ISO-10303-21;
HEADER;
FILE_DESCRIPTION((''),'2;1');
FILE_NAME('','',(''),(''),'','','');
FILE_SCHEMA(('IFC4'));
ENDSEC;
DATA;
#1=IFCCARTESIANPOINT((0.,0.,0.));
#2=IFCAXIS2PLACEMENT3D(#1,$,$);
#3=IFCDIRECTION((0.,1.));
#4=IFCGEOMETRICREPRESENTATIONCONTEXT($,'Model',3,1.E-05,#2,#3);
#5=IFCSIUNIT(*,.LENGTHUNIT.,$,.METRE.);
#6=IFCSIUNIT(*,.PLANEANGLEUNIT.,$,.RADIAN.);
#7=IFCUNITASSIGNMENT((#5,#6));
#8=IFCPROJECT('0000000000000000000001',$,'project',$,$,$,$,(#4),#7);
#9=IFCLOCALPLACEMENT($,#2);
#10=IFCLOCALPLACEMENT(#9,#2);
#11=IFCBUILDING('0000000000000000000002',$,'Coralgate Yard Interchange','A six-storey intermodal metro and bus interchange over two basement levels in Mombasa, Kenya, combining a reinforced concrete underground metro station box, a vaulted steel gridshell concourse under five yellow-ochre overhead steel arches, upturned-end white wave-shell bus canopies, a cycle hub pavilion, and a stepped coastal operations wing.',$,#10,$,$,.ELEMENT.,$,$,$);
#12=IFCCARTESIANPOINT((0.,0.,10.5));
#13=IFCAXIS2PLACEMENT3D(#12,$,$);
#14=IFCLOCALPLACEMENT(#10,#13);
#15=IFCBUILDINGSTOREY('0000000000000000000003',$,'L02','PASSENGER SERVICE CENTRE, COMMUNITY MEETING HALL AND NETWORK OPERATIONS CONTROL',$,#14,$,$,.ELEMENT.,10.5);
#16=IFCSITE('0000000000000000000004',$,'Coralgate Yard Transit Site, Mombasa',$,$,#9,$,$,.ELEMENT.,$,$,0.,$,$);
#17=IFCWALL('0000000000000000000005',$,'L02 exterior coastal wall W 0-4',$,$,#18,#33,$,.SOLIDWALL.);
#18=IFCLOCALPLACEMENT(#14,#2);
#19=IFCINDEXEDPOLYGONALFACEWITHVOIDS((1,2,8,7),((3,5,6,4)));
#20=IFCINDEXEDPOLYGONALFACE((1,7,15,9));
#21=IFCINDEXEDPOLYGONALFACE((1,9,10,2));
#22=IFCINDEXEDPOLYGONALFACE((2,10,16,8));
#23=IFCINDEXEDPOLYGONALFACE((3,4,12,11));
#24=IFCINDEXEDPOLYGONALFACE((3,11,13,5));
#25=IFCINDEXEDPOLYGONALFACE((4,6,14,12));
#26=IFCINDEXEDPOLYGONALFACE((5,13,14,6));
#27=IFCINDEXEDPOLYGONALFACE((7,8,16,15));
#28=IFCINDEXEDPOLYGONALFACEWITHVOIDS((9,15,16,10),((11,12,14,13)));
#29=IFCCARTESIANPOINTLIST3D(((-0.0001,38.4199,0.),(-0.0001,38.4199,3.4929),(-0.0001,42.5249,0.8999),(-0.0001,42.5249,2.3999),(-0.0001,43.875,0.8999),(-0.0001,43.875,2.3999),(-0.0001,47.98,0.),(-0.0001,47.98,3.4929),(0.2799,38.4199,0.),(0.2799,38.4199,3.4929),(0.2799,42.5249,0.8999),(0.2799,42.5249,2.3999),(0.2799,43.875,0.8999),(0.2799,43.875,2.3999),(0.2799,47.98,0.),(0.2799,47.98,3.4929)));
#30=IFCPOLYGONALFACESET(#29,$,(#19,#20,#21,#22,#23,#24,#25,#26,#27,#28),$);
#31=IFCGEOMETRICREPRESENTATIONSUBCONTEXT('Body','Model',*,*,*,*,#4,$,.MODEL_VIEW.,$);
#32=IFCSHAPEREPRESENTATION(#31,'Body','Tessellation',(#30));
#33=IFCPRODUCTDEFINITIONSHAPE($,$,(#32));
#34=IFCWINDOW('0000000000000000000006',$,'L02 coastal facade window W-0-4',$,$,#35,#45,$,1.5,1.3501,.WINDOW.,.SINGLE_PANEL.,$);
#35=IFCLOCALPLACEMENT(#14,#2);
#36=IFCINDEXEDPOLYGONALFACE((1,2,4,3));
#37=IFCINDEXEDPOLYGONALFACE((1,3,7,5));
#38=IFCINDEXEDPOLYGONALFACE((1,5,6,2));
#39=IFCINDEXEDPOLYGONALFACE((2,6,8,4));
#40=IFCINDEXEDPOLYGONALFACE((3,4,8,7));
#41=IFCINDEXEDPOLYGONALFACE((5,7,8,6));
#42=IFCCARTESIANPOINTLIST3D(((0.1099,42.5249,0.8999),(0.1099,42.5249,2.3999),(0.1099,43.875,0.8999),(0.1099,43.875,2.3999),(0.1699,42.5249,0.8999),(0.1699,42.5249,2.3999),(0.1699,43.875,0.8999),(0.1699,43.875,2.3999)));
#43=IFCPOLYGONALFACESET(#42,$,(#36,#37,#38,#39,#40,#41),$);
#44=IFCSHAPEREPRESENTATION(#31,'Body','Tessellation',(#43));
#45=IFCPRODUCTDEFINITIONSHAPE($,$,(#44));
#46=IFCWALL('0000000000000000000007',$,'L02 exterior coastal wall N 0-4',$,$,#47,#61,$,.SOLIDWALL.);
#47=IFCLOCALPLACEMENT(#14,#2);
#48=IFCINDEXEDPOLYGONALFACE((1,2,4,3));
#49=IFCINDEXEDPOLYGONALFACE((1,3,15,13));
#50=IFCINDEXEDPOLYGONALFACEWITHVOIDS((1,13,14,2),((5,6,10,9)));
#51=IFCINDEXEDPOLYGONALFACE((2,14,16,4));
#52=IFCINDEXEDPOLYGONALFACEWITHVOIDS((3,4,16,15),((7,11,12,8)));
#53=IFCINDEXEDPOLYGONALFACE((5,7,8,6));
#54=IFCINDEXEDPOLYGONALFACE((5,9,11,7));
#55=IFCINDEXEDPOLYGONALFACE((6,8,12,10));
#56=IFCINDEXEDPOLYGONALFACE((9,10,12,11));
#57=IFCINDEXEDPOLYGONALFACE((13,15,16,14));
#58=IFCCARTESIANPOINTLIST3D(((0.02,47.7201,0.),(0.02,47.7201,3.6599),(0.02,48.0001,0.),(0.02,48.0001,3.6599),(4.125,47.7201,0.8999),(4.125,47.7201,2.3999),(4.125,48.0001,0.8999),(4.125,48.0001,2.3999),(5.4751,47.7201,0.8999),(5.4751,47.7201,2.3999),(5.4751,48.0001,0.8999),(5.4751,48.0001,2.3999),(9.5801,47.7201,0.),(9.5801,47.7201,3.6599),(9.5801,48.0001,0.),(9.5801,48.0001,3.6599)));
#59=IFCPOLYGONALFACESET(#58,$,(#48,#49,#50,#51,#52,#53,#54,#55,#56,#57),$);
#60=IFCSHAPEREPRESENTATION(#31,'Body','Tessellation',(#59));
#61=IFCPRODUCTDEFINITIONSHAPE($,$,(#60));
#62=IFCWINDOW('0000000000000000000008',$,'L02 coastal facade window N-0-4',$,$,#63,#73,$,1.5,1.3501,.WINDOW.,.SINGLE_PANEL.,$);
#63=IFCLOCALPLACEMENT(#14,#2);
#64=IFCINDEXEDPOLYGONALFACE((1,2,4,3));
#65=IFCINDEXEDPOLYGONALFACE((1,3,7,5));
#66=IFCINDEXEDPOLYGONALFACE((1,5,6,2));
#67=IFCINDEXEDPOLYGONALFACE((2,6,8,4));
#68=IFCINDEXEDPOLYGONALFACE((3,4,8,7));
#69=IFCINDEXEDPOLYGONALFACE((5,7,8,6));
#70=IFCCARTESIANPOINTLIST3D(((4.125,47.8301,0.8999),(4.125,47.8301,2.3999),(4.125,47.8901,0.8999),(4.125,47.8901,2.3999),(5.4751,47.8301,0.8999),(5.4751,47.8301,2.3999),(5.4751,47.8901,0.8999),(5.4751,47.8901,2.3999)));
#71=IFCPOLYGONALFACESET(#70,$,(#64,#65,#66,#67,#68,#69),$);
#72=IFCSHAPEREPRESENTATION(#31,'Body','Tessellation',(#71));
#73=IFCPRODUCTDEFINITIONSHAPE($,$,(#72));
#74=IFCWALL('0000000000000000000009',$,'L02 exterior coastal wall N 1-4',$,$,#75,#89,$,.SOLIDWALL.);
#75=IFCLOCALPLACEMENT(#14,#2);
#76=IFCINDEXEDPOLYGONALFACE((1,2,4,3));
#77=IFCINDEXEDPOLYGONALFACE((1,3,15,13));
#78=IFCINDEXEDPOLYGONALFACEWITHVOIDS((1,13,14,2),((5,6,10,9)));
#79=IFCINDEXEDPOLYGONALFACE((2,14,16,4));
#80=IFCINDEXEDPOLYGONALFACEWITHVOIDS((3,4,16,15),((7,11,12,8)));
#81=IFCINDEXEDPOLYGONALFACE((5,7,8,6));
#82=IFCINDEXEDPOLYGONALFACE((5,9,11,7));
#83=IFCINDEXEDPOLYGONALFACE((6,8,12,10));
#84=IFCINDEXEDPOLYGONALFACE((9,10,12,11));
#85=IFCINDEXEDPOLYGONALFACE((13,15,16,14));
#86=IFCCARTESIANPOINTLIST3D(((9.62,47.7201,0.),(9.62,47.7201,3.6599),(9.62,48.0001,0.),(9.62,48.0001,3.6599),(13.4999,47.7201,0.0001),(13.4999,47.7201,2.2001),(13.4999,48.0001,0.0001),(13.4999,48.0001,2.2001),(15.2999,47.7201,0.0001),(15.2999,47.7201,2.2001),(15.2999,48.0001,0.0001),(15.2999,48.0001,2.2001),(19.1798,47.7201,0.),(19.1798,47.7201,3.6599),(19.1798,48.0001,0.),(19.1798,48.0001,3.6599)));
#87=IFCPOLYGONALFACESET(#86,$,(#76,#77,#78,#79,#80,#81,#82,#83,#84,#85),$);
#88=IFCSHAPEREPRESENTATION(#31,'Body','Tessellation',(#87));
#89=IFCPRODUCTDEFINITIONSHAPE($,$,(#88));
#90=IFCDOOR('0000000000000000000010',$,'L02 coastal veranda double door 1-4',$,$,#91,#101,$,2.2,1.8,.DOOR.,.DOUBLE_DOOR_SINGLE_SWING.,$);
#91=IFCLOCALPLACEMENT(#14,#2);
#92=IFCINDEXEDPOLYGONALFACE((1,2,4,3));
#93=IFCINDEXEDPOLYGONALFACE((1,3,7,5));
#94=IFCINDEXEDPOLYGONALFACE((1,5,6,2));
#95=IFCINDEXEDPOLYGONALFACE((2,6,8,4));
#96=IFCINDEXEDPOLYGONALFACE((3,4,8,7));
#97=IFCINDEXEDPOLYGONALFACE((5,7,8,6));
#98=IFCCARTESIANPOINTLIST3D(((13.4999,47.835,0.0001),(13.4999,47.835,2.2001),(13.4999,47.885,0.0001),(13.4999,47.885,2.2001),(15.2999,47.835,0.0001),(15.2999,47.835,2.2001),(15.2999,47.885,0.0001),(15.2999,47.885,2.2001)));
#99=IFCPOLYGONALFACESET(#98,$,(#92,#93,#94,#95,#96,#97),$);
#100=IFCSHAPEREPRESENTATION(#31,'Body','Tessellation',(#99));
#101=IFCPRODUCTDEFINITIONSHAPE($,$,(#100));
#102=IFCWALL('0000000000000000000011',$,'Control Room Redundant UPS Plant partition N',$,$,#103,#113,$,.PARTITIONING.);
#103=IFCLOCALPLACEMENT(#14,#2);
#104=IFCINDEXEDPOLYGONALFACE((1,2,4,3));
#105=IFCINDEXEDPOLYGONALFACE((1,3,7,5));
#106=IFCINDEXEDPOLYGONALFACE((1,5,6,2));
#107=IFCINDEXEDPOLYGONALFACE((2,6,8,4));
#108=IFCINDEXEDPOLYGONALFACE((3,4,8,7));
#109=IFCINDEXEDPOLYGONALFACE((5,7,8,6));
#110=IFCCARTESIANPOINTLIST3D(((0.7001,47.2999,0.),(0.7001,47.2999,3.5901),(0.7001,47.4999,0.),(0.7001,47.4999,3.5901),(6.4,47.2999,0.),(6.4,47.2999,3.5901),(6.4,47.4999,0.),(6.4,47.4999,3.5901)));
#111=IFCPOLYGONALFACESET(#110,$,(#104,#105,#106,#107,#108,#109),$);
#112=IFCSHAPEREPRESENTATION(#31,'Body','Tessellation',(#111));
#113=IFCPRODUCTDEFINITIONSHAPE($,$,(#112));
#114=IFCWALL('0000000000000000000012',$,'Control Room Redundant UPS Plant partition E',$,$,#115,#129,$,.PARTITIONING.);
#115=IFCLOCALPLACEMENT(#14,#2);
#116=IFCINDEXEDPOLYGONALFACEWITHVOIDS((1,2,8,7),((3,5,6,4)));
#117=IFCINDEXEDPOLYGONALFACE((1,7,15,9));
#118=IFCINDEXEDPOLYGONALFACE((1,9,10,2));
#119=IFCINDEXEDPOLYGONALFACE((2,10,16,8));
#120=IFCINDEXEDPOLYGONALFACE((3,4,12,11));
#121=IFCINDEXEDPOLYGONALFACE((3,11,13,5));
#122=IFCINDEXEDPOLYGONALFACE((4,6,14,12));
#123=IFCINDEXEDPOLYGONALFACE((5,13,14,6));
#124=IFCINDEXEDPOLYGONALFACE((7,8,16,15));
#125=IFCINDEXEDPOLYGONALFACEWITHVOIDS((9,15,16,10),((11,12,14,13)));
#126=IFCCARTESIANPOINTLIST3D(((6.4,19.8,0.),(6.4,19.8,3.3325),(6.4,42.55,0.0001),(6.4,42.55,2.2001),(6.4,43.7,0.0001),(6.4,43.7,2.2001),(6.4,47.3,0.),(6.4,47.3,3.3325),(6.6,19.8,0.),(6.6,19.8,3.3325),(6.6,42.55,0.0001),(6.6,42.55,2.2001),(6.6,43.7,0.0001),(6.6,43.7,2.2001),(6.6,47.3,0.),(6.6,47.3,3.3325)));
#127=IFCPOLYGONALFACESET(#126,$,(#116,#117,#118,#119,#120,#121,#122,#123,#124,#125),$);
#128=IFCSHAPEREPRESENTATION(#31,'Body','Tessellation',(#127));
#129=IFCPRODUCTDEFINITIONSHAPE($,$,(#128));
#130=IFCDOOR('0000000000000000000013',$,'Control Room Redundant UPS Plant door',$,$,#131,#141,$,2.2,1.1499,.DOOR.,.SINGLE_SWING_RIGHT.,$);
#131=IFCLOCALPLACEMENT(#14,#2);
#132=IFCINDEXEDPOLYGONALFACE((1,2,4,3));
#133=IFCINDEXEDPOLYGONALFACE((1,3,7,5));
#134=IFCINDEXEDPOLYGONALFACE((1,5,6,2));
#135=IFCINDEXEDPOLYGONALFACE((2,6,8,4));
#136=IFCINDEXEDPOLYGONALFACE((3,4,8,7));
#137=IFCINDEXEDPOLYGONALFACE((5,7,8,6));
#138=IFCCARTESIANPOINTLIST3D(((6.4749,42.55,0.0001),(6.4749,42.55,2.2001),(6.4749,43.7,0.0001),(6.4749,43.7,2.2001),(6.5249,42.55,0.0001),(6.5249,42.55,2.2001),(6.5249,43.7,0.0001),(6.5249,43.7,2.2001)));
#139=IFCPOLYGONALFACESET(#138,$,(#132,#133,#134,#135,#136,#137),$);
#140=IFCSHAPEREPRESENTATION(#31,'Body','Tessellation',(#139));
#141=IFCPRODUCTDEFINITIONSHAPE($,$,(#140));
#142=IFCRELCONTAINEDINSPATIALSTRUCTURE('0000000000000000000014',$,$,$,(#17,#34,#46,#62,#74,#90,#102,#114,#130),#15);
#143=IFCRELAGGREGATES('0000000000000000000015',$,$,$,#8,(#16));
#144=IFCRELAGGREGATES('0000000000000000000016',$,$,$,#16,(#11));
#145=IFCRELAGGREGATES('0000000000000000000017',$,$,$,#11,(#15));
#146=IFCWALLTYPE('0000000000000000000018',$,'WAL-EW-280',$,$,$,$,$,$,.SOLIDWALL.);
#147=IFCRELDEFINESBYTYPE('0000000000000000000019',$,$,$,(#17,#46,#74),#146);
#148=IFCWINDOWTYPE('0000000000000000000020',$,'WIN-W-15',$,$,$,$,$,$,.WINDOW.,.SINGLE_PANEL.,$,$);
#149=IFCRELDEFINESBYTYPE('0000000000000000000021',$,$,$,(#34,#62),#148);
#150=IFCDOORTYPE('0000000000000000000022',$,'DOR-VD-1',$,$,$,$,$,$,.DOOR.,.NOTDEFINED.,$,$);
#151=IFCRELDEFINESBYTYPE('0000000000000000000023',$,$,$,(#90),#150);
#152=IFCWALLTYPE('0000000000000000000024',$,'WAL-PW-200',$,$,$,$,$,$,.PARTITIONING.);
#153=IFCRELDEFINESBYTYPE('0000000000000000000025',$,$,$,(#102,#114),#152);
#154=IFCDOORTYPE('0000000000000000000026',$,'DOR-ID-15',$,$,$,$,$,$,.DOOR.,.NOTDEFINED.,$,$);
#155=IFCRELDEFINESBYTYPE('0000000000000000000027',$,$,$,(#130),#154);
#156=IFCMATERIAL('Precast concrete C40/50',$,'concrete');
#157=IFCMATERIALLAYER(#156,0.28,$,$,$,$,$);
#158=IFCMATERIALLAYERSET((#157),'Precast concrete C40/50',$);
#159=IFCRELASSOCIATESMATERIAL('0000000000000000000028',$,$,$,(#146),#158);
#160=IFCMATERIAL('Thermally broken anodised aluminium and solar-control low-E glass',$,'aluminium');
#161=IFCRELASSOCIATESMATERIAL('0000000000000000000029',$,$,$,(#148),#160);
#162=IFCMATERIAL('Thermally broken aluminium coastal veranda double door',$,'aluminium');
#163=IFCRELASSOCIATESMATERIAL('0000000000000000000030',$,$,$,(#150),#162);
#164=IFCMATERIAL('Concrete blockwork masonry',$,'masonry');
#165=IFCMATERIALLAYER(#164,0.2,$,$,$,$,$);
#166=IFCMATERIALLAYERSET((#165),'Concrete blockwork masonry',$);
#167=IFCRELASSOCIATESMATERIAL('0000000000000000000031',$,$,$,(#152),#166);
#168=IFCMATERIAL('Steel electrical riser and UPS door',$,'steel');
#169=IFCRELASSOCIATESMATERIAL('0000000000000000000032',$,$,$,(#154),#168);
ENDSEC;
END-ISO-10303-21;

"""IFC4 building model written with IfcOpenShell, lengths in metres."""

from ifc_helpers import new_model, si_unit, direction, frame, frame_2d, origin, place, context, subcontext, project, spatial, rectangle, extrude, material, layer, layer_set, type_object, element, fill, save


model = new_model("IFC4")

# Units and contexts
model_context = context("Model", 3, precision=1e-05, world=origin(), true_north=direction((0.0, 1.0)))
body_context = subcontext(model_context, "Body", "Model", "MODEL_VIEW")
ifc_project = project(units=[si_unit("LENGTHUNIT", "METRE"), si_unit("PLANEANGLEUNIT", "RADIAN")], contexts=[model_context])

# Site, building, storey
site_placement = place(None, origin())
site = spatial("IfcSite", under=ifc_project, at=site_placement, Name="Coralgate Yard Transit Site, Mombasa", CompositionType="ELEMENT", RefElevation=0.0)
building_placement = place(site_placement, origin())
building = spatial("IfcBuilding", under=site, at=building_placement, Name="Coralgate Yard Interchange", Description="A six-storey intermodal metro and bus interchange over two basement levels in Mombasa, Kenya, combining a reinforced concrete underground metro station box, a vaulted steel gridshell concourse under five yellow-ochre overhead steel arches, upturned-end white wave-shell bus canopies, a cycle hub pavilion, and a stepped coastal operations wing.", CompositionType="ELEMENT")
storey_placement = place(building_placement, frame((0.0, 0.0, 10.5)))
storey = spatial("IfcBuildingStorey", under=building, at=storey_placement, Name="L02", Description="PASSENGER SERVICE CENTRE, COMMUNITY MEETING HALL AND NETWORK OPERATIONS CONTROL", CompositionType="ELEMENT", Elevation=10.5)

# Walls, openings, windows
ifc_material_1 = material(Name="Precast concrete C40/50", Category="concrete")
ifc_layer_1 = layer(ifc_material_1, 0.28)
ifc_layer_set_1 = layer_set([ifc_layer_1], Name="Precast concrete C40/50")
wall_type_1 = type_object("IfcWallType", Name="WAL-EW-280", PredefinedType="SOLIDWALL", material=ifc_layer_set_1)
wall_1_placement = place(storey_placement, frame((0.1399, 38.4199, 0.0), z_axis=(0.0, 0.0, 1.0), x_axis=(0.0, 1.0, 0.0)))
wall_1 = element("IfcWall", 1, at=wall_1_placement, inside=storey, type_object=wall_type_1, Name="L02 exterior coastal wall W 0-4", PredefinedType="SOLIDWALL", context=body_context, shape_type="SweptSolid", body=[
    extrude(rectangle(XDim=9.5601, YDim=0.28, at=frame_2d((4.78, 0.0))), origin(), (0.0, 0.0, 1.0), 3.4929),
])
opening_1_placement = place(wall_1_placement, frame((4.105, 0.0, 0.8999)))
opening_1 = element("IfcOpeningElement", 2, at=opening_1_placement, cuts=wall_1, PredefinedType="OPENING", context=body_context, shape_type="SweptSolid", body=[
    extrude(rectangle(XDim=1.3501, YDim=1.5, at=frame_2d((0.675, 0.75))), frame((0.0, 0.1499, 0.0), z_axis=(0.0, -1.0, 0.0), x_axis=(1.0, 0.0, 0.0)), (0.0, 0.0, 1.0), 0.3),
])
ifc_material_2 = material(Name="Thermally broken anodised aluminium and solar-control low-E glass", Category="aluminium")
window_type = type_object("IfcWindowType", Name="WIN-W-15", PartitioningType="SINGLE_PANEL", PredefinedType="WINDOW", material=ifc_material_2)
window_1_placement = place(opening_1_placement, origin())
window_1 = element("IfcWindow", 3, at=window_1_placement, inside=storey, type_object=window_type, Name="L02 coastal facade window W-0-4", OverallHeight=1.5, OverallWidth=1.3501, PartitioningType="SINGLE_PANEL", PredefinedType="WINDOW", context=body_context, shape_type="SweptSolid", body=[
    extrude(rectangle(XDim=1.3501, YDim=1.5, at=frame_2d((0.675, 0.75))), frame((0.0, 0.03, 0.0), z_axis=(0.0, -1.0, 0.0), x_axis=(1.0, 0.0, 0.0)), (0.0, 0.0, 1.0), 0.0601),
])
fill(opening_1, window_1)
wall_2_placement = place(storey_placement, frame((0.02, 47.8601, 0.0), z_axis=(0.0, 0.0, 1.0), x_axis=(1.0, 0.0, 0.0)))
wall_2 = element("IfcWall", 4, at=wall_2_placement, inside=storey, type_object=wall_type_1, Name="L02 exterior coastal wall N 0-4", PredefinedType="SOLIDWALL", context=body_context, shape_type="SweptSolid", body=[
    extrude(rectangle(XDim=9.5601, YDim=0.28, at=frame_2d((4.78, 0.0))), origin(), (0.0, 0.0, 1.0), 3.6599),
])
opening_2_placement = place(wall_2_placement, frame((4.105, 0.0, 0.8999)))
opening_2 = element("IfcOpeningElement", 5, at=opening_2_placement, cuts=wall_2, PredefinedType="OPENING", context=body_context, shape_type="SweptSolid", body=[
    extrude(rectangle(XDim=1.3501, YDim=1.5, at=frame_2d((0.675, 0.75))), frame((0.0, 0.1499, 0.0), z_axis=(0.0, -1.0, 0.0), x_axis=(1.0, 0.0, 0.0)), (0.0, 0.0, 1.0), 0.3),
])
window_2_placement = place(opening_2_placement, origin())
window_2 = element("IfcWindow", 6, at=window_2_placement, inside=storey, type_object=window_type, Name="L02 coastal facade window N-0-4", OverallHeight=1.5, OverallWidth=1.3501, PartitioningType="SINGLE_PANEL", PredefinedType="WINDOW", context=body_context, shape_type="SweptSolid", body=[
    extrude(rectangle(XDim=1.3501, YDim=1.5, at=frame_2d((0.675, 0.75))), frame((0.0, 0.03, 0.0), z_axis=(0.0, -1.0, 0.0), x_axis=(1.0, 0.0, 0.0)), (0.0, 0.0, 1.0), 0.0601),
])
fill(opening_2, window_2)

# Wall, opening, door
wall_3_placement = place(storey_placement, frame((9.6201, 47.8601, 0.0), z_axis=(0.0, 0.0, 1.0), x_axis=(1.0, 0.0, 0.0)))
wall_3 = element("IfcWall", 7, at=wall_3_placement, inside=storey, type_object=wall_type_1, Name="L02 exterior coastal wall N 1-4", PredefinedType="SOLIDWALL", context=body_context, shape_type="SweptSolid", body=[
    extrude(rectangle(XDim=9.5598, YDim=0.28, at=frame_2d((4.7798, 0.0))), origin(), (0.0, 0.0, 1.0), 3.6599),
])
opening_3_placement = place(wall_3_placement, frame((3.8799, 0.0, 0.0)))
opening_3 = element("IfcOpeningElement", 8, at=opening_3_placement, cuts=wall_3, PredefinedType="OPENING", context=body_context, shape_type="SweptSolid", body=[
    extrude(rectangle(XDim=1.8, YDim=2.2, at=frame_2d((0.8999, 1.1001))), frame((0.0, 0.1499, 0.0), z_axis=(0.0, -1.0, 0.0), x_axis=(1.0, 0.0, 0.0)), (0.0, 0.0, 1.0), 0.3),
])
ifc_material_3 = material(Name="Thermally broken aluminium coastal veranda double door", Category="aluminium")
door_type_1 = type_object("IfcDoorType", Name="DOR-VD-1", OperationType="NOTDEFINED", PredefinedType="DOOR", material=ifc_material_3)
door_1_placement = place(opening_3_placement, origin())
door_1 = element("IfcDoor", 9, at=door_1_placement, inside=storey, type_object=door_type_1, Name="L02 coastal veranda double door 1-4", OperationType="DOUBLE_DOOR_SINGLE_SWING", OverallHeight=2.2, OverallWidth=1.8, PredefinedType="DOOR", context=body_context, shape_type="SweptSolid", body=[
    extrude(rectangle(XDim=1.8, YDim=2.2, at=frame_2d((0.8999, 1.1001))), frame((0.0, 0.0249, 0.0), z_axis=(0.0, -1.0, 0.0), x_axis=(1.0, 0.0, 0.0)), (0.0, 0.0, 1.0), 0.05),
])
fill(opening_3, door_1)

# Wall
ifc_material_4 = material(Name="Concrete blockwork masonry", Category="masonry")
ifc_layer_2 = layer(ifc_material_4, 0.2)
ifc_layer_set_2 = layer_set([ifc_layer_2], Name="Concrete blockwork masonry")
wall_type_2 = type_object("IfcWallType", Name="WAL-PW-200", PredefinedType="PARTITIONING", material=ifc_layer_set_2)
wall_4_placement = place(storey_placement, frame((0.7, 47.3999, 0.0), z_axis=(0.0, 0.0, 1.0), x_axis=(1.0, 0.0, 0.0)))
element("IfcWall", 10, at=wall_4_placement, inside=storey, type_object=wall_type_2, Name="Control Room Redundant UPS Plant partition N", PredefinedType="PARTITIONING", context=body_context, shape_type="SweptSolid", body=[
    extrude(rectangle(XDim=5.7, YDim=0.2, at=frame_2d((2.8501, 0.0))), origin(), (0.0, 0.0, 1.0), 3.5901),
])

# Wall, opening, door
wall_5_placement = place(storey_placement, frame((6.5, 47.3, 0.0), z_axis=(0.0, 0.0, 1.0), x_axis=(0.0, -1.0, 0.0)))
wall_5 = element("IfcWall", 11, at=wall_5_placement, inside=storey, type_object=wall_type_2, Name="Control Room Redundant UPS Plant partition E", PredefinedType="PARTITIONING", context=body_context, shape_type="SweptSolid", body=[
    extrude(rectangle(XDim=27.5, YDim=0.2, at=frame_2d((13.75, 0.0))), origin(), (0.0, 0.0, 1.0), 3.3325),
])
opening_4_placement = place(wall_5_placement, frame((3.6001, 0.0, 0.0)))
opening_4 = element("IfcOpeningElement", 12, at=opening_4_placement, cuts=wall_5, PredefinedType="OPENING", context=body_context, shape_type="SweptSolid", body=[
    extrude(rectangle(XDim=1.1499, YDim=2.2, at=frame_2d((0.575, 1.1001))), frame((0.0, 0.1099, 0.0), z_axis=(0.0, -1.0, 0.0), x_axis=(1.0, 0.0, 0.0)), (0.0, 0.0, 1.0), 0.22),
])
ifc_material_5 = material(Name="Steel electrical riser and UPS door", Category="steel")
door_type_2 = type_object("IfcDoorType", Name="DOR-ID-15", OperationType="NOTDEFINED", PredefinedType="DOOR", material=ifc_material_5)
door_2_placement = place(opening_4_placement, origin())
door_2 = element("IfcDoor", 13, at=door_2_placement, inside=storey, type_object=door_type_2, Name="Control Room Redundant UPS Plant door", OperationType="SINGLE_SWING_RIGHT", OverallHeight=2.2, OverallWidth=1.1499, PredefinedType="DOOR", context=body_context, shape_type="SweptSolid", body=[
    extrude(rectangle(XDim=1.1499, YDim=2.2, at=frame_2d((0.575, 1.1001))), frame((0.0, 0.0249, 0.0), z_axis=(0.0, -1.0, 0.0), x_axis=(1.0, 0.0, 0.0)), (0.0, 0.0, 1.0), 0.05),
])
fill(opening_4, door_2)

save(model, "model.ifc")
